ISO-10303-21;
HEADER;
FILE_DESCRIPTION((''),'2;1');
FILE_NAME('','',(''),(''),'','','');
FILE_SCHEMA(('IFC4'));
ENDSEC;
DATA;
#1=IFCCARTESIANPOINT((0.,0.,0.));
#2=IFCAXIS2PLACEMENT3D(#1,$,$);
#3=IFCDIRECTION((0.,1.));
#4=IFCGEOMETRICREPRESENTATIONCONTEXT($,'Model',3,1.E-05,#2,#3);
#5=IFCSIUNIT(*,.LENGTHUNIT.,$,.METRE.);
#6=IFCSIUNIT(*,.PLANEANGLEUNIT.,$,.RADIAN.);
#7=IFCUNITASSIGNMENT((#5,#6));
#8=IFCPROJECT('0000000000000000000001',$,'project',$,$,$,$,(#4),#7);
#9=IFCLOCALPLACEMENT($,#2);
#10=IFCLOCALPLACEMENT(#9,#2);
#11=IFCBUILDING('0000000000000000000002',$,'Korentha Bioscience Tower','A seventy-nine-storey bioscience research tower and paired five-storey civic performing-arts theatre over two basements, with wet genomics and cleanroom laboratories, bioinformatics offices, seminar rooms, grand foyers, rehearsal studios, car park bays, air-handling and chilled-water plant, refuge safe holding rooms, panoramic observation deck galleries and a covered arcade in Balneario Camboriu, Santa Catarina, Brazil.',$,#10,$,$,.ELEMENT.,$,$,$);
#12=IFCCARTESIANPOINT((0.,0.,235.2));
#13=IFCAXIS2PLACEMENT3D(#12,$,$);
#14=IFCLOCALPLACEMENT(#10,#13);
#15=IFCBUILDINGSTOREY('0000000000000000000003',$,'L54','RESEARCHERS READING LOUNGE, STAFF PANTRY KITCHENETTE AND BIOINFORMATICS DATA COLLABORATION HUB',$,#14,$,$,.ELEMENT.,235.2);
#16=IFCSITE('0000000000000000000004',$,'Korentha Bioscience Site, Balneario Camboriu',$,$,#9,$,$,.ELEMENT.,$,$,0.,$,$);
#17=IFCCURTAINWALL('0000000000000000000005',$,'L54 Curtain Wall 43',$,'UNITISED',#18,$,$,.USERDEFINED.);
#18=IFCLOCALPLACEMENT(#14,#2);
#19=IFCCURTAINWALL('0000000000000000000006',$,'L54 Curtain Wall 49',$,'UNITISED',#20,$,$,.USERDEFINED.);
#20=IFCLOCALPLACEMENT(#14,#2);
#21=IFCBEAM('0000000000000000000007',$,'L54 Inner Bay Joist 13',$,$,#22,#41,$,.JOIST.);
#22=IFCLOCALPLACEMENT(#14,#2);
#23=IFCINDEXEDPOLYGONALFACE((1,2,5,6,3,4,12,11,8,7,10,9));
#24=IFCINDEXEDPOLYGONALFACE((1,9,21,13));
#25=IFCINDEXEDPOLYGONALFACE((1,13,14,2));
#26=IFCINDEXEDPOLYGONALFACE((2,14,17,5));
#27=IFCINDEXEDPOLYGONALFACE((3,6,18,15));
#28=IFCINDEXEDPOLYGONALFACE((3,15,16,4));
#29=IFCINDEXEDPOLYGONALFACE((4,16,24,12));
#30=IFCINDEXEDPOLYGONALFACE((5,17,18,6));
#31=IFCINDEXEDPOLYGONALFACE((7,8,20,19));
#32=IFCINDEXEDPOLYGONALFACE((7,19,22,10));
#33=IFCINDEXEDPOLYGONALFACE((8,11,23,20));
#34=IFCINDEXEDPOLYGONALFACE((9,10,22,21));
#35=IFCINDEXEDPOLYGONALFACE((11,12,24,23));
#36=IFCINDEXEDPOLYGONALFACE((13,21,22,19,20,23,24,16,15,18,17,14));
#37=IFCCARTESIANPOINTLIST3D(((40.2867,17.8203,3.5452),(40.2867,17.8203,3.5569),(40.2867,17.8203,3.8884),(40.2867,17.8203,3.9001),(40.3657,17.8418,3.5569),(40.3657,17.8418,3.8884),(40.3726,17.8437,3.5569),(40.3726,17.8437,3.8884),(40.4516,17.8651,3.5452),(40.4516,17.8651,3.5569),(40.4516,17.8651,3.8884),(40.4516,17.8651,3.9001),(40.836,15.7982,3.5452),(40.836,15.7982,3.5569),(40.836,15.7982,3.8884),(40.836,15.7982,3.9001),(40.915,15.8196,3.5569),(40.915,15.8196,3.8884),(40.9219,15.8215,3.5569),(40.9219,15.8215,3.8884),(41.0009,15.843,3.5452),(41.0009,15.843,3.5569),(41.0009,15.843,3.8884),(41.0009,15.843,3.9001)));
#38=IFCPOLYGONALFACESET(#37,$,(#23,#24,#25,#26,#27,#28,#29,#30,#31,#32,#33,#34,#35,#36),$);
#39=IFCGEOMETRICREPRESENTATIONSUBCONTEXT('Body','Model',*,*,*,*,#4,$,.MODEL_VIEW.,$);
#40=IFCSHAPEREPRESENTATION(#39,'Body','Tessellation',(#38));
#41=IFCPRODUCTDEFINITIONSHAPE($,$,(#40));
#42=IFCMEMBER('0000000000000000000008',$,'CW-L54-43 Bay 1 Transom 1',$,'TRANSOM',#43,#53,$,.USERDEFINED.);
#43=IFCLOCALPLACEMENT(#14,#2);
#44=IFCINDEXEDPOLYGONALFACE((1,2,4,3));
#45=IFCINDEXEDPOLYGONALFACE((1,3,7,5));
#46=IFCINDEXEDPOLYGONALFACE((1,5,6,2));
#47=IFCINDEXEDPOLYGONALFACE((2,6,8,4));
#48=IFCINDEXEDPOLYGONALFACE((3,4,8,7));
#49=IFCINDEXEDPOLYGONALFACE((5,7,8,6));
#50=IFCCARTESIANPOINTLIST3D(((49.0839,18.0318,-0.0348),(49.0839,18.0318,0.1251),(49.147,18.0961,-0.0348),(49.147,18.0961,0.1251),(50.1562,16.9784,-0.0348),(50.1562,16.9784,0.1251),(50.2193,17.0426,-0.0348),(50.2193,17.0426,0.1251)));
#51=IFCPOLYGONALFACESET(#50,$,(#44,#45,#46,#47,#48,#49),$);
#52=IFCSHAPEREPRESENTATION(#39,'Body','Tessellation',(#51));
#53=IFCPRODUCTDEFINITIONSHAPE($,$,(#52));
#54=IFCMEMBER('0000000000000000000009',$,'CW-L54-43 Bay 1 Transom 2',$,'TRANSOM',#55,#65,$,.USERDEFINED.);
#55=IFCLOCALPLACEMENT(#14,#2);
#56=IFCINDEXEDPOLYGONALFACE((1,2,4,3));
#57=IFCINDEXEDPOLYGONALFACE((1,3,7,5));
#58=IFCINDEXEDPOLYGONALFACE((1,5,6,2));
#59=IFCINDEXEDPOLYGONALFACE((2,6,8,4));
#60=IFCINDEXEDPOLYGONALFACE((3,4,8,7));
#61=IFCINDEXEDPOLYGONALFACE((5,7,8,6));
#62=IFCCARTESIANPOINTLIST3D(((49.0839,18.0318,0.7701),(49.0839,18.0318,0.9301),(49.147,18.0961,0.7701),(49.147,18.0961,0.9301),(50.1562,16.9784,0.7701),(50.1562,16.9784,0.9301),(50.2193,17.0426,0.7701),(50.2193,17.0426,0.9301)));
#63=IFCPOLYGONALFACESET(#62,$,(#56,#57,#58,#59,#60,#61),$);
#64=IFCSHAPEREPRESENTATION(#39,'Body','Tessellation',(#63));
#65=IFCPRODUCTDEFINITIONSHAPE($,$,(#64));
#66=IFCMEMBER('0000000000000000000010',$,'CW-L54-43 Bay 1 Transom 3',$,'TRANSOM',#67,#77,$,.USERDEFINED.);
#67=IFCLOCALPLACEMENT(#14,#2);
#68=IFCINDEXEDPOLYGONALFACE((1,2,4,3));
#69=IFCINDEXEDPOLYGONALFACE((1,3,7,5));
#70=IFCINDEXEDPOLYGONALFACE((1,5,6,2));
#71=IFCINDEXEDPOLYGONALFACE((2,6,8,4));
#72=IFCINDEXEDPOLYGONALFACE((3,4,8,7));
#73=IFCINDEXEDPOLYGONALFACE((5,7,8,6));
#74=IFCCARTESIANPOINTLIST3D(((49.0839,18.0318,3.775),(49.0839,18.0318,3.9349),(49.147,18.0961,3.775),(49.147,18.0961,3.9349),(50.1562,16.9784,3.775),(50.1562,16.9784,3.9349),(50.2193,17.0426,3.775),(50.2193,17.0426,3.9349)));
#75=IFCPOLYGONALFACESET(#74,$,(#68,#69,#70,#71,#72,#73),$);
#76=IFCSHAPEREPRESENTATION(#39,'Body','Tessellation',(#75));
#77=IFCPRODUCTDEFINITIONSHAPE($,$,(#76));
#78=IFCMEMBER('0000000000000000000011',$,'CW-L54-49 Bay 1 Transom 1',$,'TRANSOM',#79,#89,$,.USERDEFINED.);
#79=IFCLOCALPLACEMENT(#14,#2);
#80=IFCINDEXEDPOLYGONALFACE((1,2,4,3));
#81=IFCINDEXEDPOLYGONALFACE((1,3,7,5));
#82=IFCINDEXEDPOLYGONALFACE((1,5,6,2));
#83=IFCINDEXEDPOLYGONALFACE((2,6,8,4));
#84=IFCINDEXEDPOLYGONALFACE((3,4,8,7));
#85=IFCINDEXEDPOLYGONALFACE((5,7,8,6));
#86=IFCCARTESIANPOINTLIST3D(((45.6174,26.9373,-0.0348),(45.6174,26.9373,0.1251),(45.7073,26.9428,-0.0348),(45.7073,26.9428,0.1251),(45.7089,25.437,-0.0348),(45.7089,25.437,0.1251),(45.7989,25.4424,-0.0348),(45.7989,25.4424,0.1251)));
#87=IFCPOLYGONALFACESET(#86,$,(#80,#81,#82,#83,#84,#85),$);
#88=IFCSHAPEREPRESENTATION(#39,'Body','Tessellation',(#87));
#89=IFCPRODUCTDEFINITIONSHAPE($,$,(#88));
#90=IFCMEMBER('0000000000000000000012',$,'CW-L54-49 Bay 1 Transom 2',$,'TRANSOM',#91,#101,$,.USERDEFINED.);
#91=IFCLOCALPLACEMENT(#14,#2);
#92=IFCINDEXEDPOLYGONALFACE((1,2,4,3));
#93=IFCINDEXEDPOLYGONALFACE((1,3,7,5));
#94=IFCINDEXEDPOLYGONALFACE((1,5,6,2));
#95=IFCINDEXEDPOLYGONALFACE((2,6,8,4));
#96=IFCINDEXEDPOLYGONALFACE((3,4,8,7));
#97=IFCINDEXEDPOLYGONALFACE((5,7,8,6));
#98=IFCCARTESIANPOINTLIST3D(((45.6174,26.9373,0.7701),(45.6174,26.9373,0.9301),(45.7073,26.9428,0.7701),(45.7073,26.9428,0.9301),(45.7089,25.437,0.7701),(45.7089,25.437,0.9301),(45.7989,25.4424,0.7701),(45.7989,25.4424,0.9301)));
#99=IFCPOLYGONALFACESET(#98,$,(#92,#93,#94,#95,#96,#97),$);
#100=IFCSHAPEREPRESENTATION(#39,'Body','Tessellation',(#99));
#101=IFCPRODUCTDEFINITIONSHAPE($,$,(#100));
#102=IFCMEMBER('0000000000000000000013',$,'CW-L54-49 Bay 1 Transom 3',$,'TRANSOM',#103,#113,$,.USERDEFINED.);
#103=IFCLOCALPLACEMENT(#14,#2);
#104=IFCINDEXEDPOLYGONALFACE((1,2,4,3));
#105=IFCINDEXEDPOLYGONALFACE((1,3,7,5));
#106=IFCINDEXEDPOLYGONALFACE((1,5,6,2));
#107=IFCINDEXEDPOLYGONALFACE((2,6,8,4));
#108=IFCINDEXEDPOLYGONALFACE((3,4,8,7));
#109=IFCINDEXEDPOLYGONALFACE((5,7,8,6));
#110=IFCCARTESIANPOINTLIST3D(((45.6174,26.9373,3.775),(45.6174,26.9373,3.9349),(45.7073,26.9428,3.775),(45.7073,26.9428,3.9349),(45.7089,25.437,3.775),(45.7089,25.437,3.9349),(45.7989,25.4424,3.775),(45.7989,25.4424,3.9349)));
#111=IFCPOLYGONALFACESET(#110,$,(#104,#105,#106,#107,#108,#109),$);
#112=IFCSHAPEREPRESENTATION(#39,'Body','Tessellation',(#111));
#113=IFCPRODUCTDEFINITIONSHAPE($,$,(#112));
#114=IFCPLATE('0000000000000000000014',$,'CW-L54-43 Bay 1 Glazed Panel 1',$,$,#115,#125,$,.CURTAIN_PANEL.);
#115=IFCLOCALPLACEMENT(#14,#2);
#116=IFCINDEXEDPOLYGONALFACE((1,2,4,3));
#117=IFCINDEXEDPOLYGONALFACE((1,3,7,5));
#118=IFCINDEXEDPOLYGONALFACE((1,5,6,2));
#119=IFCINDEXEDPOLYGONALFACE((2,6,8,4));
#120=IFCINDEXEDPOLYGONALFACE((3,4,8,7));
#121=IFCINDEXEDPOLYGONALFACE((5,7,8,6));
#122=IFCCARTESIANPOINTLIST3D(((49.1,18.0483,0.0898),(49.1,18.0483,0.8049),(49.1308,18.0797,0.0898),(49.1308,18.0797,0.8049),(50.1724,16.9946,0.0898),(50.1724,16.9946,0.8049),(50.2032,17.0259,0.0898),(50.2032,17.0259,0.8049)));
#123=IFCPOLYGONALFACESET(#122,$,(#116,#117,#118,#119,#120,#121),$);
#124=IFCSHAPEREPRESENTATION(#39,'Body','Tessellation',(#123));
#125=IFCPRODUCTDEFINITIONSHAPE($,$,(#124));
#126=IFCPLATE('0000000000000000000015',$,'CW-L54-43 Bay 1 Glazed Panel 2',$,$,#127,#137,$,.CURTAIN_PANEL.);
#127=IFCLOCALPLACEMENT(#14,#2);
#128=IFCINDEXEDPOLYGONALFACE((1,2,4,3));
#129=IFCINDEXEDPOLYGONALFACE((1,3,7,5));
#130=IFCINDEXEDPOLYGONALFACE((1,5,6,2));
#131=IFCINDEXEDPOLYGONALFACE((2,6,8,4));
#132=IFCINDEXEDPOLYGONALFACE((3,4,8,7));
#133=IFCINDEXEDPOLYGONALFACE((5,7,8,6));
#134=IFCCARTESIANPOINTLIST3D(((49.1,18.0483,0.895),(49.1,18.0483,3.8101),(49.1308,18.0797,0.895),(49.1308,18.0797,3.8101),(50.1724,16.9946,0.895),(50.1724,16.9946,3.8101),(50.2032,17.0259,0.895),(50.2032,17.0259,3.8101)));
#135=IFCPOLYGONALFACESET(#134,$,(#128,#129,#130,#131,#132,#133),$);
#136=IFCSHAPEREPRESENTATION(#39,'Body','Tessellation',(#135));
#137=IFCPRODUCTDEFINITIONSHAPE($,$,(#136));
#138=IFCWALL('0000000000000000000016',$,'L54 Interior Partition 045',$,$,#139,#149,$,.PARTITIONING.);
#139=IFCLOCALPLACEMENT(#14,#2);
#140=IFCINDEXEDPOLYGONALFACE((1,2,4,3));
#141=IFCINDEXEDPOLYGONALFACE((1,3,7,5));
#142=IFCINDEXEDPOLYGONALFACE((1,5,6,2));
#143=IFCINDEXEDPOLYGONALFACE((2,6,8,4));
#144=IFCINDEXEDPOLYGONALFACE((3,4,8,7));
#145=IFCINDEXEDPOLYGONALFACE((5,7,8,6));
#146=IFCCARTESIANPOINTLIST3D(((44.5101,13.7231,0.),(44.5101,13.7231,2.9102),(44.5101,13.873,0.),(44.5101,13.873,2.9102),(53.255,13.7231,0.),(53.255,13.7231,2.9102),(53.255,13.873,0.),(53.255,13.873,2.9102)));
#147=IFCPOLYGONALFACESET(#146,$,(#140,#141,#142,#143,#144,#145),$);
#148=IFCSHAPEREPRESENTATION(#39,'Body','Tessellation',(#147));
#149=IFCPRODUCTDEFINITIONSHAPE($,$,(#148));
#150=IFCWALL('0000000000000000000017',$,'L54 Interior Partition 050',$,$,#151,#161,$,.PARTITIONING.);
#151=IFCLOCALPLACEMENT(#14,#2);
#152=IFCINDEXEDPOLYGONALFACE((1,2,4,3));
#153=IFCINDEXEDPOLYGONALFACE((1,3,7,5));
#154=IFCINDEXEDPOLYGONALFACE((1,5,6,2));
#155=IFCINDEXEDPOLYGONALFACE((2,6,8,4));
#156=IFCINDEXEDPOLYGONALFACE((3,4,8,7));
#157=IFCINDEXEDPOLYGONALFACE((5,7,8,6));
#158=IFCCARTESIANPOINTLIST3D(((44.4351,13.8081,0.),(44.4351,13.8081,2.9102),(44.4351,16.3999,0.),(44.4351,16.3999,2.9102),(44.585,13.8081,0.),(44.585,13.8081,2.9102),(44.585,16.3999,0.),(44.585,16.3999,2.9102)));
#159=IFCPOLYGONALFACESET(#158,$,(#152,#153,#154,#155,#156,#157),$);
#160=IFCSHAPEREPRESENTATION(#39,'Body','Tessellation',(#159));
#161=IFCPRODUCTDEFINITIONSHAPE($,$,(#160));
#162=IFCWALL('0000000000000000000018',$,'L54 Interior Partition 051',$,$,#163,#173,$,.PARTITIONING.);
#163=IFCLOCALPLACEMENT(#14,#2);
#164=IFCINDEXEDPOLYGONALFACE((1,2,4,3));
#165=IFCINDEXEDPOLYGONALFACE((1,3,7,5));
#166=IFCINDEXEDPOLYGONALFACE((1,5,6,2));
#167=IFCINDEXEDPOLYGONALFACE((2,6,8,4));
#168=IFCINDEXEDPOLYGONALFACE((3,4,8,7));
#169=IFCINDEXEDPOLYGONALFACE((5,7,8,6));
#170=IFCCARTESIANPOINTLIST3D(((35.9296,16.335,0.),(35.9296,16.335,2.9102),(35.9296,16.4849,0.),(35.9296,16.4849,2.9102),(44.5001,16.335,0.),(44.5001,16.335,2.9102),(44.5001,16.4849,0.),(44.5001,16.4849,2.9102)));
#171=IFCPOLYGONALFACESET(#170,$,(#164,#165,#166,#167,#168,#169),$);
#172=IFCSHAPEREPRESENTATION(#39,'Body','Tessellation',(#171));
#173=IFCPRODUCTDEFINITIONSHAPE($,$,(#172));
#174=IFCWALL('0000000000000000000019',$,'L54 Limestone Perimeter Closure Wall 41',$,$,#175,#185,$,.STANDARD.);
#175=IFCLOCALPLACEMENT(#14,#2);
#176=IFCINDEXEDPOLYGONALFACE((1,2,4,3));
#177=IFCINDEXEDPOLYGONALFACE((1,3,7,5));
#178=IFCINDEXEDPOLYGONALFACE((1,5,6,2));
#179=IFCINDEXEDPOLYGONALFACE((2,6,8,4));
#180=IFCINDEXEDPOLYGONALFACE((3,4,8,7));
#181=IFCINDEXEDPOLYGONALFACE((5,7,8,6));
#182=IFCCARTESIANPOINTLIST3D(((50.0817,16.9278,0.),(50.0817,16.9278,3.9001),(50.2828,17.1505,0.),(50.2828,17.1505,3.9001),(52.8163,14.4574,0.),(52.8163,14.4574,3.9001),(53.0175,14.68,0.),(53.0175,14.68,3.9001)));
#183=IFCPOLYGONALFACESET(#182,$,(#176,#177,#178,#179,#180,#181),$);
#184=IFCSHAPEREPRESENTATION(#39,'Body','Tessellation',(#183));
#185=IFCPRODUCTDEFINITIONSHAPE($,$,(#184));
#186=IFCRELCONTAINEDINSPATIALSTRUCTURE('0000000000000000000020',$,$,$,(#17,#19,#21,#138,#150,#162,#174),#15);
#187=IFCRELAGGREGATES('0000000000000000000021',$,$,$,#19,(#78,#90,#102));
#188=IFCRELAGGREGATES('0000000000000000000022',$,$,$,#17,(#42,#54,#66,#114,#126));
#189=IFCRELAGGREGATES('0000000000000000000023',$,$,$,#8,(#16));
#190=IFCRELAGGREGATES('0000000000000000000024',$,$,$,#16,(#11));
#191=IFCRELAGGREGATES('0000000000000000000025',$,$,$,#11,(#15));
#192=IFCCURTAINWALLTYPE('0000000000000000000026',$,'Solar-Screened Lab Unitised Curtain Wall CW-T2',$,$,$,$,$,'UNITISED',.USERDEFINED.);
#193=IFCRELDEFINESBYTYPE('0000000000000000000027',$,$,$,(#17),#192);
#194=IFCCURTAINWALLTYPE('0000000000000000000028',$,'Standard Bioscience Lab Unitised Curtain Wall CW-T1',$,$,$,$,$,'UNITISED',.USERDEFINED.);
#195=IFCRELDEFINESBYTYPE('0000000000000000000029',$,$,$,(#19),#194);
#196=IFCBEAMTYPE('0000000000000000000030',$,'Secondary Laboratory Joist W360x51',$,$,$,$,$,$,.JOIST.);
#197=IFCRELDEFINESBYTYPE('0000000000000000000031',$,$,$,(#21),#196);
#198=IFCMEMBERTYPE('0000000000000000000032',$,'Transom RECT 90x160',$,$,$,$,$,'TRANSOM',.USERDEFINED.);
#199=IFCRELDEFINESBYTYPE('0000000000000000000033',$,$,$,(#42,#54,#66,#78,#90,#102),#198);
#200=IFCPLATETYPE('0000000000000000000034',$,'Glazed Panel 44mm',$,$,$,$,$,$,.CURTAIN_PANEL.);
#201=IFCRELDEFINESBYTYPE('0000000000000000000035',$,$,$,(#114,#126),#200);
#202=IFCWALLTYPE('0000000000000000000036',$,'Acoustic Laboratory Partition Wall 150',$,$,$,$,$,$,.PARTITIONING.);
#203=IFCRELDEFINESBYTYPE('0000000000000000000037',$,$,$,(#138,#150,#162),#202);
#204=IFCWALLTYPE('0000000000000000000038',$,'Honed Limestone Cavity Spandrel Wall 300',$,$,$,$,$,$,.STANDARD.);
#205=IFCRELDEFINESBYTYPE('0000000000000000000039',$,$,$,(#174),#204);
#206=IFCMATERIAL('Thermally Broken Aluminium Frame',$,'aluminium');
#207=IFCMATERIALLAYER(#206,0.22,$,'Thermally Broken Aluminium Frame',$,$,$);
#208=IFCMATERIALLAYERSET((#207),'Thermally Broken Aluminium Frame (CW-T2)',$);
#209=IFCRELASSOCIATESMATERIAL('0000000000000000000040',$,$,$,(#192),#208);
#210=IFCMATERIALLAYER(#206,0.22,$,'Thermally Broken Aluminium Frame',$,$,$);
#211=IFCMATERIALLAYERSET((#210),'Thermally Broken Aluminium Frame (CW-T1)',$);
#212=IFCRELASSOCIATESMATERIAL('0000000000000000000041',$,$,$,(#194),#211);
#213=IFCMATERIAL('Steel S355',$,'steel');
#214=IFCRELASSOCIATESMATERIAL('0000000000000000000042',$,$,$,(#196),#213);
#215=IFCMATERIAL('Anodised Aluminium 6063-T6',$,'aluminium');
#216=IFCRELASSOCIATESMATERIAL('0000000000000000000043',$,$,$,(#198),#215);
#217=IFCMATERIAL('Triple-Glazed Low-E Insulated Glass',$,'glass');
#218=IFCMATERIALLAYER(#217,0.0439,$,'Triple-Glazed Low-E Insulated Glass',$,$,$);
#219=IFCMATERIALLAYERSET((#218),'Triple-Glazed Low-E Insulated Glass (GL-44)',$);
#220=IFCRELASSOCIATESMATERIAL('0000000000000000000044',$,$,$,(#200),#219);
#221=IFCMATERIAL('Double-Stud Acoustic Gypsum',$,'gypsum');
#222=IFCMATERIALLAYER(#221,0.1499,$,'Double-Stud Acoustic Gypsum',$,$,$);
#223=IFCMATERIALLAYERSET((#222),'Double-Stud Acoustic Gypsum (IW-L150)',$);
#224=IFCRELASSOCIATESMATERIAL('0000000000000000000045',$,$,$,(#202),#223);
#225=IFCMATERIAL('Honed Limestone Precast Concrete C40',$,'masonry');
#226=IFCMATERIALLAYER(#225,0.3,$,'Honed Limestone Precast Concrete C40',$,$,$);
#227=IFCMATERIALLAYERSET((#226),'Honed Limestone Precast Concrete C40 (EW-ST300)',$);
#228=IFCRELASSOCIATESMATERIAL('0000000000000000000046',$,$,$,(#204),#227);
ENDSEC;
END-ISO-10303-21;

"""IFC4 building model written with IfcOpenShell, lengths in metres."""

from ifc_helpers import new_model, si_unit, direction, frame, frame_2d, origin, origin_2d, place, context, subcontext, project, spatial, rectangle, i_section, extrude, material, layer, layer_set, material_profile, profile_set, type_object, element, aggregate, save


model = new_model("IFC4")

# Units and contexts
model_context = context("Model", 3, precision=1e-05, world=origin(), true_north=direction((0.0, 1.0)))
body_context = subcontext(model_context, "Body", "Model", "MODEL_VIEW")
ifc_project = project(units=[si_unit("LENGTHUNIT", "METRE"), si_unit("PLANEANGLEUNIT", "RADIAN")], contexts=[model_context])

# Site, building, storey
site_placement = place(None, origin())
site = spatial("IfcSite", under=ifc_project, at=site_placement, Name="Korentha Bioscience Site, Balneario Camboriu", CompositionType="ELEMENT", RefElevation=0.0)
building_placement = place(site_placement, origin())
building = spatial("IfcBuilding", under=site, at=building_placement, Name="Korentha Bioscience Tower", Description="A seventy-nine-storey bioscience research tower and paired five-storey civic performing-arts theatre over two basements, with wet genomics and cleanroom laboratories, bioinformatics offices, seminar rooms, grand foyers, rehearsal studios, car park bays, air-handling and chilled-water plant, refuge safe holding rooms, panoramic observation deck galleries and a covered arcade in Balneario Camboriu, Santa Catarina, Brazil.", CompositionType="ELEMENT")
storey_placement = place(building_placement, frame((0.0, 0.0, 235.2)))
storey = spatial("IfcBuildingStorey", under=building, at=storey_placement, Name="L54", Description="RESEARCHERS READING LOUNGE, STAFF PANTRY KITCHENETTE AND BIOINFORMATICS DATA COLLABORATION HUB", CompositionType="ELEMENT", Elevation=235.2)

# Shared definitions
ifc_material_1 = material(Name="Steel S355", Category="steel")

# Curtain wall
ifc_material_2 = material(Name="Thermally Broken Aluminium Frame", Category="aluminium")
ifc_layer_1 = layer(ifc_material_2, 0.22, Name="Thermally Broken Aluminium Frame")
ifc_layer_set_1 = layer_set([ifc_layer_1], Name="Thermally Broken Aluminium Frame (CW-T2)")
curtain_wall_type_1 = type_object("IfcCurtainWallType", Name="Solar-Screened Lab Unitised Curtain Wall CW-T2", ElementType="UNITISED", PredefinedType="USERDEFINED", material=ifc_layer_set_1)
curtain_wall_1_placement = place(storey_placement, origin())
curtain_wall_1 = element("IfcCurtainWall", 1, at=curtain_wall_1_placement, inside=storey, type_object=curtain_wall_type_1, Name="L54 Curtain Wall 43", ObjectType="UNITISED", PredefinedType="USERDEFINED")
ifc_material_3 = material(Name="Anodised Aluminium 6063-T6", Category="aluminium")

# Curtain wall
ifc_layer_2 = layer(ifc_material_2, 0.22, Name="Thermally Broken Aluminium Frame")
ifc_layer_set_2 = layer_set([ifc_layer_2], Name="Thermally Broken Aluminium Frame (CW-T1)")
curtain_wall_type_2 = type_object("IfcCurtainWallType", Name="Standard Bioscience Lab Unitised Curtain Wall CW-T1", ElementType="UNITISED", PredefinedType="USERDEFINED", material=ifc_layer_set_2)
curtain_wall_2_placement = place(storey_placement, origin())
curtain_wall_2 = element("IfcCurtainWall", 2, at=curtain_wall_2_placement, inside=storey, type_object=curtain_wall_type_2, Name="L54 Curtain Wall 49", ObjectType="UNITISED", PredefinedType="USERDEFINED")

# Beam
ifc_material_profile_1 = material_profile(ifc_material_1, i_section(OverallWidth=0.1709, OverallDepth=0.355, WebThickness=0.0071, FlangeThickness=0.0117, at=origin_2d()), Name="Steel S355")
ifc_profile_set_1 = profile_set([ifc_material_profile_1], Name="Steel S355 (JB-360)")
beam_type_1 = type_object("IfcBeamType", Name="Secondary Laboratory Joist W360x51", PredefinedType="JOIST", material=ifc_profile_set_1)
beam_1_placement = place(storey_placement, frame((40.9185, 15.8206, 3.7227), z_axis=(-0.262141, 0.96503, 0.0), x_axis=(-0.96503, -0.262141, 0.0)))
element("IfcBeam", 3, at=beam_1_placement, inside=storey, type_object=beam_type_1, Name="L54 Inner Bay Joist 13", PredefinedType="JOIST", context=body_context, shape_type="SweptSolid", body=[
    extrude(i_section(OverallWidth=0.1709, OverallDepth=0.355, WebThickness=0.0071, FlangeThickness=0.0117, at=origin_2d()), origin(), (0.0, 0.0, 1.0), 2.0955),
])

# Members
ifc_material_profile_2 = material_profile(ifc_material_3, rectangle(XDim=0.0901, YDim=0.1599, at=origin_2d()), Name="Anodised Aluminium 6063-T6")
ifc_profile_set_2 = profile_set([ifc_material_profile_2], Name="Anodised Aluminium 6063-T6 (CW-TRN)")
member_type_1 = type_object("IfcMemberType", Name="Transom RECT 90x160", ElementType="TRANSOM", PredefinedType="USERDEFINED", material=ifc_profile_set_2)
member_1_placement = place(storey_placement, frame((50.1877, 17.0105, 0.0452), z_axis=(-0.713332, 0.700826, 0.0), x_axis=(-0.700826, -0.713332, 0.0)))
member_1 = element("IfcMember", 4, at=member_1_placement, type_object=member_type_1, Name="CW-L54-43 Bay 1 Transom 1", ObjectType="TRANSOM", PredefinedType="USERDEFINED", context=body_context, shape_type="SweptSolid", body=[
    extrude(rectangle(XDim=0.0901, YDim=0.1599, at=origin_2d()), origin(), (0.0, 0.0, 1.0), 1.5032),
])
member_2_placement = place(storey_placement, frame((50.1877, 17.0105, 0.8501), z_axis=(-0.713332, 0.700826, 0.0), x_axis=(-0.700826, -0.713332, 0.0)))
member_2 = element("IfcMember", 5, at=member_2_placement, type_object=member_type_1, Name="CW-L54-43 Bay 1 Transom 2", ObjectType="TRANSOM", PredefinedType="USERDEFINED", context=body_context, shape_type="SweptSolid", body=[
    extrude(rectangle(XDim=0.0901, YDim=0.1599, at=origin_2d()), origin(), (0.0, 0.0, 1.0), 1.5032),
])
member_3_placement = place(storey_placement, frame((50.1877, 17.0105, 3.855), z_axis=(-0.713332, 0.700826, 0.0), x_axis=(-0.700826, -0.713332, 0.0)))
member_3 = element("IfcMember", 6, at=member_3_placement, type_object=member_type_1, Name="CW-L54-43 Bay 1 Transom 3", ObjectType="TRANSOM", PredefinedType="USERDEFINED", context=body_context, shape_type="SweptSolid", body=[
    extrude(rectangle(XDim=0.0901, YDim=0.1599, at=origin_2d()), origin(), (0.0, 0.0, 1.0), 1.5032),
])
member_4_placement = place(storey_placement, frame((45.7539, 25.4397, 0.0452), z_axis=(-0.060902, 0.998144, 0.0), x_axis=(-0.998144, -0.060902, 0.0)))
member_4 = element("IfcMember", 7, at=member_4_placement, type_object=member_type_1, Name="CW-L54-49 Bay 1 Transom 1", ObjectType="TRANSOM", PredefinedType="USERDEFINED", context=body_context, shape_type="SweptSolid", body=[
    extrude(rectangle(XDim=0.0901, YDim=0.1599, at=origin_2d()), origin(), (0.0, 0.0, 1.0), 1.5032),
])
member_5_placement = place(storey_placement, frame((45.7539, 25.4397, 0.8501), z_axis=(-0.060902, 0.998144, 0.0), x_axis=(-0.998144, -0.060902, 0.0)))
member_5 = element("IfcMember", 8, at=member_5_placement, type_object=member_type_1, Name="CW-L54-49 Bay 1 Transom 2", ObjectType="TRANSOM", PredefinedType="USERDEFINED", context=body_context, shape_type="SweptSolid", body=[
    extrude(rectangle(XDim=0.0901, YDim=0.1599, at=origin_2d()), origin(), (0.0, 0.0, 1.0), 1.5032),
])
member_6_placement = place(storey_placement, frame((45.7539, 25.4397, 3.855), z_axis=(-0.060902, 0.998144, 0.0), x_axis=(-0.998144, -0.060902, 0.0)))
member_6 = element("IfcMember", 9, at=member_6_placement, type_object=member_type_1, Name="CW-L54-49 Bay 1 Transom 3", ObjectType="TRANSOM", PredefinedType="USERDEFINED", context=body_context, shape_type="SweptSolid", body=[
    extrude(rectangle(XDim=0.0901, YDim=0.1599, at=origin_2d()), origin(), (0.0, 0.0, 1.0), 1.5032),
])
aggregate(curtain_wall_2, [member_4, member_5, member_6])

# Plates
ifc_material_4 = material(Name="Triple-Glazed Low-E Insulated Glass", Category="glass")
ifc_layer_3 = layer(ifc_material_4, 0.0439, Name="Triple-Glazed Low-E Insulated Glass")
ifc_layer_set_3 = layer_set([ifc_layer_3], Name="Triple-Glazed Low-E Insulated Glass (GL-44)")
plate_type = type_object("IfcPlateType", Name="Glazed Panel 44mm", PredefinedType="CURTAIN_PANEL", material=ifc_layer_set_3)
plate_1_placement = place(storey_placement, frame((49.6516, 17.5371, 0.0898), z_axis=(0.0, 0.0, 1.0), x_axis=(-0.713258, 0.700901, 0.0)))
plate_1 = element("IfcPlate", 10, at=plate_1_placement, type_object=plate_type, Name="CW-L54-43 Bay 1 Glazed Panel 1", PredefinedType="CURTAIN_PANEL", context=body_context, shape_type="SweptSolid", body=[
    extrude(rectangle(XDim=1.5034, YDim=0.0439, at=origin_2d()), origin(), (0.0, 0.0, 1.0), 0.7151),
])
plate_2_placement = place(storey_placement, frame((49.6516, 17.5371, 0.895), z_axis=(0.0, 0.0, 1.0), x_axis=(-0.713258, 0.700901, 0.0)))
plate_2 = element("IfcPlate", 11, at=plate_2_placement, type_object=plate_type, Name="CW-L54-43 Bay 1 Glazed Panel 2", PredefinedType="CURTAIN_PANEL", context=body_context, shape_type="SweptSolid", body=[
    extrude(rectangle(XDim=1.5034, YDim=0.0439, at=origin_2d()), origin(), (0.0, 0.0, 1.0), 2.915),
])
aggregate(curtain_wall_1, [member_1, member_2, member_3, plate_1, plate_2])

# Walls
ifc_material_5 = material(Name="Double-Stud Acoustic Gypsum", Category="gypsum")
ifc_layer_4 = layer(ifc_material_5, 0.1499, Name="Double-Stud Acoustic Gypsum")
ifc_layer_set_4 = layer_set([ifc_layer_4], Name="Double-Stud Acoustic Gypsum (IW-L150)")
wall_type_1 = type_object("IfcWallType", Name="Acoustic Laboratory Partition Wall 150", PredefinedType="PARTITIONING", material=ifc_layer_set_4)
wall_1_placement = place(storey_placement, frame((44.51, 13.7981, 0.0), z_axis=(0.0, 0.0, 1.0), x_axis=(1.0, 0.0, 0.0)))
element("IfcWall", 12, at=wall_1_placement, inside=storey, type_object=wall_type_1, Name="L54 Interior Partition 045", PredefinedType="PARTITIONING", context=body_context, shape_type="SweptSolid", body=[
    extrude(rectangle(XDim=8.7449, YDim=0.1499, at=frame_2d((4.3726, 0.0))), origin(), (0.0, 0.0, 1.0), 2.9102),
])
wall_2_placement = place(storey_placement, frame((44.51, 13.8081, 0.0), z_axis=(0.0, 0.0, 1.0), x_axis=(0.0, 1.0, 0.0)))
element("IfcWall", 13, at=wall_2_placement, inside=storey, type_object=wall_type_1, Name="L54 Interior Partition 050", PredefinedType="PARTITIONING", context=body_context, shape_type="SweptSolid", body=[
    extrude(rectangle(XDim=2.5918, YDim=0.1499, at=frame_2d((1.2959, 0.0))), origin(), (0.0, 0.0, 1.0), 2.9102),
])
wall_3_placement = place(storey_placement, frame((44.5, 16.4099, 0.0), z_axis=(0.0, 0.0, 1.0), x_axis=(-1.0, 0.0, 0.0)))
element("IfcWall", 14, at=wall_3_placement, inside=storey, type_object=wall_type_1, Name="L54 Interior Partition 051", PredefinedType="PARTITIONING", context=body_context, shape_type="SweptSolid", body=[
    extrude(rectangle(XDim=8.5706, YDim=0.1499, at=frame_2d((4.2852, 0.0))), origin(), (0.0, 0.0, 1.0), 2.9102),
])
ifc_material_6 = material(Name="Honed Limestone Precast Concrete C40", Category="masonry")
ifc_layer_5 = layer(ifc_material_6, 0.3, Name="Honed Limestone Precast Concrete C40")
ifc_layer_set_5 = layer_set([ifc_layer_5], Name="Honed Limestone Precast Concrete C40 (EW-ST300)")
wall_type_2 = type_object("IfcWallType", Name="Honed Limestone Cavity Spandrel Wall 300", PredefinedType="STANDARD", material=ifc_layer_set_5)
wall_4_placement = place(storey_placement, frame((52.917, 14.5686, 0.0), z_axis=(0.0, 0.0, 1.0), x_axis=(-0.742038, 0.670358, 0.0)))
element("IfcWall", 15, at=wall_4_placement, inside=storey, type_object=wall_type_2, Name="L54 Limestone Perimeter Closure Wall 41", PredefinedType="STANDARD", context=body_context, shape_type="SweptSolid", body=[
    extrude(rectangle(XDim=3.6853, YDim=0.3, at=frame_2d((1.8428, 0.0))), origin(), (0.0, 0.0, 1.0), 3.9001),
])

save(model, "model.ifc")
